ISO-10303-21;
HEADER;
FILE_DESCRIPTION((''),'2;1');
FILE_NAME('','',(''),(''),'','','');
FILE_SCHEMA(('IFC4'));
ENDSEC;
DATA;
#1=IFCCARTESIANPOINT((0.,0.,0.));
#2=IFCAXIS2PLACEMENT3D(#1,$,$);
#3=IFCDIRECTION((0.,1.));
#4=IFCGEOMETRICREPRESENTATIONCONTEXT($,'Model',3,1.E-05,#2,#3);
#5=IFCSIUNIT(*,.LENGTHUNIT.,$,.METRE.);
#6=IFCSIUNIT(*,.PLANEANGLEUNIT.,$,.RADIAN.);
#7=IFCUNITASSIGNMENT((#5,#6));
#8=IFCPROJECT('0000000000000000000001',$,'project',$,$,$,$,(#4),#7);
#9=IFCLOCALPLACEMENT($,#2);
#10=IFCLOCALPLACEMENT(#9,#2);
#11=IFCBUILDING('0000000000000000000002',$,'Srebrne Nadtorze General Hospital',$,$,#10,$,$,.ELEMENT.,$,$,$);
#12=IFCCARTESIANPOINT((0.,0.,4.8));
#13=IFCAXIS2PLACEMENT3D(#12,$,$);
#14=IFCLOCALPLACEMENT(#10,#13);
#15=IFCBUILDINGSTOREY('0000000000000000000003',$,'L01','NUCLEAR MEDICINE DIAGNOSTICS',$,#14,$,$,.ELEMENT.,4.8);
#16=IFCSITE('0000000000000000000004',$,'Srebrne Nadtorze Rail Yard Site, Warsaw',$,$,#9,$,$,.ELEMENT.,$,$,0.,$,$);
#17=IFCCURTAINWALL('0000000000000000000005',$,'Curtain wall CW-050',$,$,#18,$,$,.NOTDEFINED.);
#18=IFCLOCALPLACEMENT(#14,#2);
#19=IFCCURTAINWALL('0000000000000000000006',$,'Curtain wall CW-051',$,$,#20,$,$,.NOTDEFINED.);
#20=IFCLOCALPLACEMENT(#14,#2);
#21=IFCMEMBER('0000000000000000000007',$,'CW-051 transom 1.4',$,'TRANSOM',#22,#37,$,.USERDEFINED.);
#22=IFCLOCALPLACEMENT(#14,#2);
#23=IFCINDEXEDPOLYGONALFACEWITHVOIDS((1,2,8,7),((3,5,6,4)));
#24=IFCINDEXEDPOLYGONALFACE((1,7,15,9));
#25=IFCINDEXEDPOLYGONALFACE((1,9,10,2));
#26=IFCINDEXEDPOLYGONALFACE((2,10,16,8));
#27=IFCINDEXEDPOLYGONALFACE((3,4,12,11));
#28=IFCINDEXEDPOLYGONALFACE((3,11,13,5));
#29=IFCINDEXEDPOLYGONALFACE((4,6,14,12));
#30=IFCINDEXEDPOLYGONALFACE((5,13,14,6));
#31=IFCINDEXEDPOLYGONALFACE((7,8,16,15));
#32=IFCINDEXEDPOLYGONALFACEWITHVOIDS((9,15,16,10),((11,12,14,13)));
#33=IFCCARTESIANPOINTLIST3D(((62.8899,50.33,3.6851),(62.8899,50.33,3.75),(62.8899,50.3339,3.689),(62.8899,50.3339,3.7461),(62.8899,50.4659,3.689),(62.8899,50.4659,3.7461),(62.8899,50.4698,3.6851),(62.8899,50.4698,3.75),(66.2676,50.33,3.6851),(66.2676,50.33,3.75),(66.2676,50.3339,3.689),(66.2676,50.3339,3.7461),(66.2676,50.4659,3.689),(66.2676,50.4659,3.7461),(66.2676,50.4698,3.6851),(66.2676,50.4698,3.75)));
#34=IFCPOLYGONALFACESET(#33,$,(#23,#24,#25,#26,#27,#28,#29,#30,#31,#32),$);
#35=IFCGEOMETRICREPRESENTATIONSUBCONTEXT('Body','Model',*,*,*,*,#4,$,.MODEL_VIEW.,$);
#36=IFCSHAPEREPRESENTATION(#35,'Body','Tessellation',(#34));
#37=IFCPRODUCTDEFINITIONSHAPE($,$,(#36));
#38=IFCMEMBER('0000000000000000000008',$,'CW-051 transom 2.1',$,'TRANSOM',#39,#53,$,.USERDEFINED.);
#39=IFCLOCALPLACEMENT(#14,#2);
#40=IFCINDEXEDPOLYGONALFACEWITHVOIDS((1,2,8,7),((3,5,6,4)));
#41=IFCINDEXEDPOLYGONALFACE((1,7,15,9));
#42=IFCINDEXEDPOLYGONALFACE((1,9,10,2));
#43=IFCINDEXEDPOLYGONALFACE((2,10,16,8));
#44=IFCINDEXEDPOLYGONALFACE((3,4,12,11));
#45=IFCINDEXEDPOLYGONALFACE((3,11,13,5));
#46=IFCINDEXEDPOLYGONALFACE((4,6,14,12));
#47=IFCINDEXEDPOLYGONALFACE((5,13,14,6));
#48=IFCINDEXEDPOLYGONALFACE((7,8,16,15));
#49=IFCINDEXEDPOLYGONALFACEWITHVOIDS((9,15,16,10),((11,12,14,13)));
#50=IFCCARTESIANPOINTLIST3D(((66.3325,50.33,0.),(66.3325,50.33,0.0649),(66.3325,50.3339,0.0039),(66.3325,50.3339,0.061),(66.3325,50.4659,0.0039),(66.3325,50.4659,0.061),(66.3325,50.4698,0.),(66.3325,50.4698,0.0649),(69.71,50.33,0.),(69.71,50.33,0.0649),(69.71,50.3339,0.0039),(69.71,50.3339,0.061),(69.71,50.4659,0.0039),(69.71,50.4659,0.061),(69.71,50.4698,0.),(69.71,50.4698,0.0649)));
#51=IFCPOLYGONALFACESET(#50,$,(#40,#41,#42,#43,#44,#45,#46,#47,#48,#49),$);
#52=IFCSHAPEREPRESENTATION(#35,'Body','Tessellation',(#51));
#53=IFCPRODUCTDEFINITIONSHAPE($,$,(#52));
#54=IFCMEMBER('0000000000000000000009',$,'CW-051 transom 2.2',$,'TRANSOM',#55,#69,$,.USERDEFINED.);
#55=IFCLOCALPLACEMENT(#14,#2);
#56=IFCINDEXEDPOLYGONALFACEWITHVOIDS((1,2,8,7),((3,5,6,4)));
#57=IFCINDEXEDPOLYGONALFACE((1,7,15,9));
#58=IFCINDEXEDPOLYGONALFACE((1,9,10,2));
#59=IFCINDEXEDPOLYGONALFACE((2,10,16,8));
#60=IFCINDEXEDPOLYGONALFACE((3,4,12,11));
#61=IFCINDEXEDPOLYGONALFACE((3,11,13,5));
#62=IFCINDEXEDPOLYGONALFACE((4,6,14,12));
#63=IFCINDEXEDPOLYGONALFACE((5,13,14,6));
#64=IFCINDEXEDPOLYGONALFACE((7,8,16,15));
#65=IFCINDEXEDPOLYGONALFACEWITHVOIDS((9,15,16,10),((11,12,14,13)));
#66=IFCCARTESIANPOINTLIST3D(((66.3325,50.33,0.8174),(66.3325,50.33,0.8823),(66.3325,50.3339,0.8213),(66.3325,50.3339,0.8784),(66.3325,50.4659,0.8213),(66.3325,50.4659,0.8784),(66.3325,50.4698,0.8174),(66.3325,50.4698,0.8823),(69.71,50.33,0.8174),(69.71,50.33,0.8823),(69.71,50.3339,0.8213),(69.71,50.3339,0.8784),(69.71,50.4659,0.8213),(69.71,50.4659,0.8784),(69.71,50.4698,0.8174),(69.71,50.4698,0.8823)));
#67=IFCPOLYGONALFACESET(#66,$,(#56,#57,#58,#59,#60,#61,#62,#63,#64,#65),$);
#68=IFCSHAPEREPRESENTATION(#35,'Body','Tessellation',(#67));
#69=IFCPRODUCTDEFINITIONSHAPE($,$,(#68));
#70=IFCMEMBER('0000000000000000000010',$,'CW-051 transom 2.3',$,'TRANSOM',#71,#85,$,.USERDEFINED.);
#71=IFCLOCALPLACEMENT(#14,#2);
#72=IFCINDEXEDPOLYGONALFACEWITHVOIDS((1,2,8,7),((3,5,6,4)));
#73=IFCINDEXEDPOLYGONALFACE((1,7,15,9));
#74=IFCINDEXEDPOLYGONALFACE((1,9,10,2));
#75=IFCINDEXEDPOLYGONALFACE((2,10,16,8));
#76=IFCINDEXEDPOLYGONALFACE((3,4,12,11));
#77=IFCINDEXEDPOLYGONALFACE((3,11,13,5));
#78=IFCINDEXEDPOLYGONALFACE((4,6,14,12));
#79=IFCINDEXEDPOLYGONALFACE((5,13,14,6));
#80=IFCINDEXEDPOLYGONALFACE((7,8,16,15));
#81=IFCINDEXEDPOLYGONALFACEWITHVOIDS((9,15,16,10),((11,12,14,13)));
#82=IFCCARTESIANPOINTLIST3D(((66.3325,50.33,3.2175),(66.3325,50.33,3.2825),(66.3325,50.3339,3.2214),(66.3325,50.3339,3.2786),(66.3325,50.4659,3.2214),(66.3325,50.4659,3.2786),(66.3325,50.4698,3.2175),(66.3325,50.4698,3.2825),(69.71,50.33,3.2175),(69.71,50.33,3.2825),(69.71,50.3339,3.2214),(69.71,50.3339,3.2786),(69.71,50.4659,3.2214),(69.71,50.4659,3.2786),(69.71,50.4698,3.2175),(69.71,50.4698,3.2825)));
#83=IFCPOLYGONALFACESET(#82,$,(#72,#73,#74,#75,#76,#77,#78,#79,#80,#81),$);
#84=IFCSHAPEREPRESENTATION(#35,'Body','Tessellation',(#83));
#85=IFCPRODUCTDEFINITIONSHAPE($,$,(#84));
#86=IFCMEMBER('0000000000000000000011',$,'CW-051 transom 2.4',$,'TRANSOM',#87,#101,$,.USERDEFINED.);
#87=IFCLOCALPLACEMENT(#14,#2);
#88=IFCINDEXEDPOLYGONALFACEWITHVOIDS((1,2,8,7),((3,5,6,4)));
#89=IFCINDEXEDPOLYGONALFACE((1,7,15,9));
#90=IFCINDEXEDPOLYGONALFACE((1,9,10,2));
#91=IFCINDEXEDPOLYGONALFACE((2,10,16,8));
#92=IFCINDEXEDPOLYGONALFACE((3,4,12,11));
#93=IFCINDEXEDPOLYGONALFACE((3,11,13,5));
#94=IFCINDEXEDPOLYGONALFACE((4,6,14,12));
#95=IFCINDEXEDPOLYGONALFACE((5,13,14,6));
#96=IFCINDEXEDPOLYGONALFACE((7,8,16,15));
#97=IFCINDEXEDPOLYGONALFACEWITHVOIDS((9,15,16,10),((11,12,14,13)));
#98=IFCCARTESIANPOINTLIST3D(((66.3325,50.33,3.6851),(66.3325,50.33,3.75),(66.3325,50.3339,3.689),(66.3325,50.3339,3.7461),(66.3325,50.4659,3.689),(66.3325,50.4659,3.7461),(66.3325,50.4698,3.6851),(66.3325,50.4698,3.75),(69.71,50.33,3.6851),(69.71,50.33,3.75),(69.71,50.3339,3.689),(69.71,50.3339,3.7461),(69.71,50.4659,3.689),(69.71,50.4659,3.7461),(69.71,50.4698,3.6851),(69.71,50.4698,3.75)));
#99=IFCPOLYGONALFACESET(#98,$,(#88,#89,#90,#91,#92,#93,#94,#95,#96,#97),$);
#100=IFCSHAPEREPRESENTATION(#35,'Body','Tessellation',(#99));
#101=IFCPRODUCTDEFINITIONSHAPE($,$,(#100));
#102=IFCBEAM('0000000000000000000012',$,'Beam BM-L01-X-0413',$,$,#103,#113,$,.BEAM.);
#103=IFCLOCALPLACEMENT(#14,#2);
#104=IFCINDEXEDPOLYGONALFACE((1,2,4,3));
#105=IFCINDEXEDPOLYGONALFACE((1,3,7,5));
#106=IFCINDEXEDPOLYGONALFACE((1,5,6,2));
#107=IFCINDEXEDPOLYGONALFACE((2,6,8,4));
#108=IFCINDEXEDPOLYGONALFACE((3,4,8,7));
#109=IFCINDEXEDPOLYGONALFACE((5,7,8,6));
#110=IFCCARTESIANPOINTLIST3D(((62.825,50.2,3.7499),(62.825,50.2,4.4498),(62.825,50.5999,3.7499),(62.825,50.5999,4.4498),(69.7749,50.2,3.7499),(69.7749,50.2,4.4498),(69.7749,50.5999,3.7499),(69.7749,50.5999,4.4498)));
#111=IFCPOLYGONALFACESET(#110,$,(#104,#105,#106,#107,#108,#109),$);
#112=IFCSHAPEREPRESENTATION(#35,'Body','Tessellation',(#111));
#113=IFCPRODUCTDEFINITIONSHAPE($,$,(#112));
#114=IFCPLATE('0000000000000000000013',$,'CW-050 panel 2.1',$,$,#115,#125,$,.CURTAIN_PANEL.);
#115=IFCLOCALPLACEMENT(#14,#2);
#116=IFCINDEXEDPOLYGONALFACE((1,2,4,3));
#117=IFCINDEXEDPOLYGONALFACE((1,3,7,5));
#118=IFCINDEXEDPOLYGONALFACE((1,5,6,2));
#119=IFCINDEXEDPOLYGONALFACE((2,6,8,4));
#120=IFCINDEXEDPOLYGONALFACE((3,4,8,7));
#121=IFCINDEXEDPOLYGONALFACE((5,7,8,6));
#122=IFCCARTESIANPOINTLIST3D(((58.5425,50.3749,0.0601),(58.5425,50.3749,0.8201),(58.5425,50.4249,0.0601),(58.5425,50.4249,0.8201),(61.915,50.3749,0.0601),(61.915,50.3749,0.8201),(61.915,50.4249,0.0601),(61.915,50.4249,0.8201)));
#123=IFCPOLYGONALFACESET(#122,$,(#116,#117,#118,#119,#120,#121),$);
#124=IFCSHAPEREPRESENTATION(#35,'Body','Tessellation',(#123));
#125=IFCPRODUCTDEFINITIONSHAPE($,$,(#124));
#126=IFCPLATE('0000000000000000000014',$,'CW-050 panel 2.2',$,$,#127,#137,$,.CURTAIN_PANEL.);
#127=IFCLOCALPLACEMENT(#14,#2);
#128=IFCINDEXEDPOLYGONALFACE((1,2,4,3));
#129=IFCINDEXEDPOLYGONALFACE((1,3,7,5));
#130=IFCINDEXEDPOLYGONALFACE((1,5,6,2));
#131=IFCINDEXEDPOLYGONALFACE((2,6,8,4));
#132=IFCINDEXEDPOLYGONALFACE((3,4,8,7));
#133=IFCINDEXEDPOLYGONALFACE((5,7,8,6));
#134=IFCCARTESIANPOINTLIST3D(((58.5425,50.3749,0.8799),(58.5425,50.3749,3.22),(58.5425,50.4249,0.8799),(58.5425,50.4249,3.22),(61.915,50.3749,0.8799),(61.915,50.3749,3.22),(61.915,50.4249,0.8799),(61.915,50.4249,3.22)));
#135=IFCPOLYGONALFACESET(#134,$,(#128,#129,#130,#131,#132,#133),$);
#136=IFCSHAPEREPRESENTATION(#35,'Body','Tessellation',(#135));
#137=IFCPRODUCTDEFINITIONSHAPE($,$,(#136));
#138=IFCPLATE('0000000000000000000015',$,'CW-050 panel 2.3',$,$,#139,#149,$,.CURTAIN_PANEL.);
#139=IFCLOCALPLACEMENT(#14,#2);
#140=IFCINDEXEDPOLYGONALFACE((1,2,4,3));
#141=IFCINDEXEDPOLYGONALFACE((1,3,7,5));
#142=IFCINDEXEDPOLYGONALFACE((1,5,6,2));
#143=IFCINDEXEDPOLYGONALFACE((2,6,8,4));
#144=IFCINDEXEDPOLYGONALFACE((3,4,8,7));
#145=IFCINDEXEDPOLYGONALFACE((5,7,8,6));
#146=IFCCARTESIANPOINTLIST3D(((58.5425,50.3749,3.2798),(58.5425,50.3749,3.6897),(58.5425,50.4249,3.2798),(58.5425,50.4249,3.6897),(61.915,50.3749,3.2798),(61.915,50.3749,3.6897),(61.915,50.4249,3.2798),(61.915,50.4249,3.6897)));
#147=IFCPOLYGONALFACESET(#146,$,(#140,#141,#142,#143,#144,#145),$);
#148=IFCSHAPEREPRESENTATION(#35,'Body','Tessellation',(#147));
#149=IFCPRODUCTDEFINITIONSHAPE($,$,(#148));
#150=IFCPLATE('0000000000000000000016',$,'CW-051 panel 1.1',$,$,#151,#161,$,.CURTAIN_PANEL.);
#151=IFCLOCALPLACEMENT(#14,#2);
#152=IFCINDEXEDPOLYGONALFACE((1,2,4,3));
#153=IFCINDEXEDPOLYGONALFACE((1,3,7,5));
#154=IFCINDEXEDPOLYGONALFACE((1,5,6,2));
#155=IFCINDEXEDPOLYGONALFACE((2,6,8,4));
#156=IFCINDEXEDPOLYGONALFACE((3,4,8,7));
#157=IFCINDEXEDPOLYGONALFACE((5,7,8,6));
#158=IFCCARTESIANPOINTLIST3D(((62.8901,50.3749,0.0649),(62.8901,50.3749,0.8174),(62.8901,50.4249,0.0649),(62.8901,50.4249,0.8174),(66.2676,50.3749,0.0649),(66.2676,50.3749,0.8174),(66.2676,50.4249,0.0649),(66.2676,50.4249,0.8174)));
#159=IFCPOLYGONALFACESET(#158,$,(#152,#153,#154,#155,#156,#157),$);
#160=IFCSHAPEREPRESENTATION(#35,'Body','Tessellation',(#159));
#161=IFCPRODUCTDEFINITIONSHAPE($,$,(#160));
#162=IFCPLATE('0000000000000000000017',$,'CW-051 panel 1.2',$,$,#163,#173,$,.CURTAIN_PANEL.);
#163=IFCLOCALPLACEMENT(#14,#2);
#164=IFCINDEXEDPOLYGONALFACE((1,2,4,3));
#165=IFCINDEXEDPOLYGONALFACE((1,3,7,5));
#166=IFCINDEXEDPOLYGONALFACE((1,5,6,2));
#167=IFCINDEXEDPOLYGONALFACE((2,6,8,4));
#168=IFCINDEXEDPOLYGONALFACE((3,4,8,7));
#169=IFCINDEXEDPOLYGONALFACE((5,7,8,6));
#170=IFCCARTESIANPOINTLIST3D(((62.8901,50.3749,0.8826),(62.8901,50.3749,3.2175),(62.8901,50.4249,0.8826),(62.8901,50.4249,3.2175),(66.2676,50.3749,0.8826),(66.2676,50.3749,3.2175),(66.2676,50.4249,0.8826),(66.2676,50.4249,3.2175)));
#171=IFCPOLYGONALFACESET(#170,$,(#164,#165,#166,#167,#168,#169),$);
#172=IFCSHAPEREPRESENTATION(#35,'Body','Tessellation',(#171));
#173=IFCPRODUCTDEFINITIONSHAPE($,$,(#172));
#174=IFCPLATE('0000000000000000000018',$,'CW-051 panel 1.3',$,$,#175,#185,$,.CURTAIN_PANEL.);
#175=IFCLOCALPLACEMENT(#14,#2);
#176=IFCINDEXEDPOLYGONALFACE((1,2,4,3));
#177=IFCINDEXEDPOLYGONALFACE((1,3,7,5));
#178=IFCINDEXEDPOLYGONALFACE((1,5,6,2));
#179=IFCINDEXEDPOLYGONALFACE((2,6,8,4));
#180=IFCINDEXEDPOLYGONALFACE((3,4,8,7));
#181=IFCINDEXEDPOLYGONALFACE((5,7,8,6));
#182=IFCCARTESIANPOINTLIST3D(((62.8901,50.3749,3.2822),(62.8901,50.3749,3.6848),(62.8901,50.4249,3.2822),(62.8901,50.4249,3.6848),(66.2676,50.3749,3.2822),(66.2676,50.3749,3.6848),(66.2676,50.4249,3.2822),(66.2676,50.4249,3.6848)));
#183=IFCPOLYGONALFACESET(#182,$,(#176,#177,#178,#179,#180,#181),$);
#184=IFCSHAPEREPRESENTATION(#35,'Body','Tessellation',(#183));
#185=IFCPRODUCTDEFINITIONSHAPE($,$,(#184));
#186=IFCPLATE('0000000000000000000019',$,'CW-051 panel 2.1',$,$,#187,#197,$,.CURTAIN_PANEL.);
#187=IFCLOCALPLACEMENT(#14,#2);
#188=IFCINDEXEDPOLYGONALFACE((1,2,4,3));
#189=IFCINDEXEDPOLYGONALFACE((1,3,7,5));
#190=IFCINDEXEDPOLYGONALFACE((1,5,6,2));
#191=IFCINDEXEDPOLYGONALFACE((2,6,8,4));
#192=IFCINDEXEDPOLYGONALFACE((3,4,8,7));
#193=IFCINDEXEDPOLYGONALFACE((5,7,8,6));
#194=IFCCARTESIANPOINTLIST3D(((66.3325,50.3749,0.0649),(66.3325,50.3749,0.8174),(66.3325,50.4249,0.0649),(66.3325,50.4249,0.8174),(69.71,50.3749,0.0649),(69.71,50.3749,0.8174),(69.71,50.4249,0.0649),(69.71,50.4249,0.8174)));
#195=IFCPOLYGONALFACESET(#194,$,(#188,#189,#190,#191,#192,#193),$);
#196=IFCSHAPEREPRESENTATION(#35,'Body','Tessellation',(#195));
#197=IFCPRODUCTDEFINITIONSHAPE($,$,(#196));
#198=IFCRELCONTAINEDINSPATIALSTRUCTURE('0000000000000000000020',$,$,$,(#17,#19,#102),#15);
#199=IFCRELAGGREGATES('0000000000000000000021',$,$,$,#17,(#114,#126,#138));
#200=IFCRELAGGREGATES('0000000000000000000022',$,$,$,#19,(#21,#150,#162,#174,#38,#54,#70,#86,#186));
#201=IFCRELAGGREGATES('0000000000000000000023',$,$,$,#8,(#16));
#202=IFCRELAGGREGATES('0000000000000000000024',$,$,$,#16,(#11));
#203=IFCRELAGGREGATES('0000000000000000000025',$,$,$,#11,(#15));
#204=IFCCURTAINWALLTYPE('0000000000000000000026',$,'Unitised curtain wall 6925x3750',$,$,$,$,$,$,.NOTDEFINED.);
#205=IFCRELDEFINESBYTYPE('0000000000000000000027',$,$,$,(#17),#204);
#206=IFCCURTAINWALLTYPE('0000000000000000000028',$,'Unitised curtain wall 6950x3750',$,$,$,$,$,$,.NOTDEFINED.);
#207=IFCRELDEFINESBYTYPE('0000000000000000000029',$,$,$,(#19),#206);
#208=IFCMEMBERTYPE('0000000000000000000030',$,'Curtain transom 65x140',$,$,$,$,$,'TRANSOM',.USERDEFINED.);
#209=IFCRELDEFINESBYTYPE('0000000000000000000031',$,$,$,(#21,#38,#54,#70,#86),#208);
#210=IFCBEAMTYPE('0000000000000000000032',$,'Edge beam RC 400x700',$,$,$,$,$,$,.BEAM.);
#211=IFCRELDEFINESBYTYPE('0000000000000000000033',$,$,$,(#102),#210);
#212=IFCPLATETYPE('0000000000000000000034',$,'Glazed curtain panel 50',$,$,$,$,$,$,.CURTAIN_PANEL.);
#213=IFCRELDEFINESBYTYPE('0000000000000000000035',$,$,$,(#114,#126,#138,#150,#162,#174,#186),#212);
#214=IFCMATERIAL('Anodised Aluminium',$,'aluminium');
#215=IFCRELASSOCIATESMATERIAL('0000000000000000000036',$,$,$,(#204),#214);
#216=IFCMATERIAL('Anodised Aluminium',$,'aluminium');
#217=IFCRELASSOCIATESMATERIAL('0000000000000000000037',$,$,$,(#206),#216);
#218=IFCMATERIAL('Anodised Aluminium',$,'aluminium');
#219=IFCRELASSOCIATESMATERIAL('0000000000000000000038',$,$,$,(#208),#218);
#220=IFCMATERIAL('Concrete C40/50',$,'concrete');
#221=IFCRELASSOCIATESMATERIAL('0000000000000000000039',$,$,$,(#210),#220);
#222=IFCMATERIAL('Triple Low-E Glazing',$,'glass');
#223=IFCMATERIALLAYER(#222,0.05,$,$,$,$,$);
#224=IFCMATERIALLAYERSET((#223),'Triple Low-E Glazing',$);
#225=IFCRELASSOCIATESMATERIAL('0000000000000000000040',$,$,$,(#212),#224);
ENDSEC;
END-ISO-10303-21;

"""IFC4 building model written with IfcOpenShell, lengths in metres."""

from ifc_helpers import new_model, si_unit, direction, frame, origin, origin_2d, place, context, subcontext, project, spatial, rectangle, hollow_rectangle, extrude, material, layer, layer_set, material_profile, profile_set, type_object, element, aggregate, save


model = new_model("IFC4")

# Units and contexts
model_context = context("Model", 3, precision=1e-05, world=origin(), true_north=direction((0.0, 1.0)))
body_context = subcontext(model_context, "Body", "Model", "MODEL_VIEW")
ifc_project = project(units=[si_unit("LENGTHUNIT", "METRE"), si_unit("PLANEANGLEUNIT", "RADIAN")], contexts=[model_context])

# Site, building, storey
site_placement = place(None, origin())
site = spatial("IfcSite", under=ifc_project, at=site_placement, Name="Srebrne Nadtorze Rail Yard Site, Warsaw", CompositionType="ELEMENT", RefElevation=0.0)
building_placement = place(site_placement, origin())
building = spatial("IfcBuilding", under=site, at=building_placement, Name="Srebrne Nadtorze General Hospital", CompositionType="ELEMENT")
storey_placement = place(building_placement, frame((0.0, 0.0, 4.8)))
storey = spatial("IfcBuildingStorey", under=building, at=storey_placement, Name="L01", Description="NUCLEAR MEDICINE DIAGNOSTICS", CompositionType="ELEMENT", Elevation=4.8)

# Curtain wall
ifc_material_1 = material(Name="Anodised Aluminium", Category="aluminium")
curtain_wall_type_1 = type_object("IfcCurtainWallType", Name="Unitised curtain wall 6925x3750", PredefinedType="NOTDEFINED", material=ifc_material_1)
curtain_wall_1_placement = place(storey_placement, origin())
curtain_wall_1 = element("IfcCurtainWall", 1, at=curtain_wall_1_placement, inside=storey, type_object=curtain_wall_type_1, Name="Curtain wall CW-050", PredefinedType="NOTDEFINED")

# Curtain wall
ifc_material_2 = material(Name="Anodised Aluminium", Category="aluminium")
curtain_wall_type_2 = type_object("IfcCurtainWallType", Name="Unitised curtain wall 6950x3750", PredefinedType="NOTDEFINED", material=ifc_material_2)
curtain_wall_2_placement = place(storey_placement, origin())
curtain_wall_2 = element("IfcCurtainWall", 2, at=curtain_wall_2_placement, inside=storey, type_object=curtain_wall_type_2, Name="Curtain wall CW-051", PredefinedType="NOTDEFINED")

# Members
ifc_material_3 = material(Name="Anodised Aluminium", Category="aluminium")
ifc_material_profile_1 = material_profile(ifc_material_3, hollow_rectangle(XDim=0.0649, YDim=0.1399, WallThickness=0.0039, at=origin_2d()), Name="AL-TRN-65x140")
ifc_profile_set_1 = profile_set([ifc_material_profile_1], Name="Anodised Aluminium")
member_type_1 = type_object("IfcMemberType", Name="Curtain transom 65x140", ElementType="TRANSOM", PredefinedType="USERDEFINED", material=ifc_profile_set_1)
member_1_placement = place(storey_placement, frame((62.8899, 50.3999, 3.7175), z_axis=(1.0, 0.0, 0.0), x_axis=(0.0, 0.0, 1.0)))
member_1 = element("IfcMember", 3, at=member_1_placement, type_object=member_type_1, Name="CW-051 transom 1.4", ObjectType="TRANSOM", PredefinedType="USERDEFINED", context=body_context, shape_type="SweptSolid", body=[
    extrude(hollow_rectangle(XDim=0.0649, YDim=0.1399, WallThickness=0.0039, at=origin_2d()), origin(), (0.0, 0.0, 1.0), 3.3777),
])
member_2_placement = place(storey_placement, frame((66.3325, 50.3999, 0.0325), z_axis=(1.0, 0.0, 0.0), x_axis=(0.0, 0.0, 1.0)))
member_2 = element("IfcMember", 4, at=member_2_placement, type_object=member_type_1, Name="CW-051 transom 2.1", ObjectType="TRANSOM", PredefinedType="USERDEFINED", context=body_context, shape_type="SweptSolid", body=[
    extrude(hollow_rectangle(XDim=0.0649, YDim=0.1399, WallThickness=0.0039, at=origin_2d()), origin(), (0.0, 0.0, 1.0), 3.3774),
])
member_3_placement = place(storey_placement, frame((66.3325, 50.3999, 0.8499), z_axis=(1.0, 0.0, 0.0), x_axis=(0.0, 0.0, 1.0)))
member_3 = element("IfcMember", 5, at=member_3_placement, type_object=member_type_1, Name="CW-051 transom 2.2", ObjectType="TRANSOM", PredefinedType="USERDEFINED", context=body_context, shape_type="SweptSolid", body=[
    extrude(hollow_rectangle(XDim=0.0649, YDim=0.1399, WallThickness=0.0039, at=origin_2d()), origin(), (0.0, 0.0, 1.0), 3.3774),
])
member_4_placement = place(storey_placement, frame((66.3325, 50.3999, 3.25), z_axis=(1.0, 0.0, 0.0), x_axis=(0.0, 0.0, 1.0)))
member_4 = element("IfcMember", 6, at=member_4_placement, type_object=member_type_1, Name="CW-051 transom 2.3", ObjectType="TRANSOM", PredefinedType="USERDEFINED", context=body_context, shape_type="SweptSolid", body=[
    extrude(hollow_rectangle(XDim=0.0649, YDim=0.1399, WallThickness=0.0039, at=origin_2d()), origin(), (0.0, 0.0, 1.0), 3.3774),
])
member_5_placement = place(storey_placement, frame((66.3325, 50.3999, 3.7175), z_axis=(1.0, 0.0, 0.0), x_axis=(0.0, 0.0, 1.0)))
member_5 = element("IfcMember", 7, at=member_5_placement, type_object=member_type_1, Name="CW-051 transom 2.4", ObjectType="TRANSOM", PredefinedType="USERDEFINED", context=body_context, shape_type="SweptSolid", body=[
    extrude(hollow_rectangle(XDim=0.0649, YDim=0.1399, WallThickness=0.0039, at=origin_2d()), origin(), (0.0, 0.0, 1.0), 3.3774),
])

# Beam
ifc_material_4 = material(Name="Concrete C40/50", Category="concrete")
ifc_material_profile_2 = material_profile(ifc_material_4, rectangle(XDim=0.3999, YDim=0.7, at=origin_2d()), Name="RC-BM-400x700")
ifc_profile_set_2 = profile_set([ifc_material_profile_2], Name="Concrete C40/50")
beam_type = type_object("IfcBeamType", Name="Edge beam RC 400x700", PredefinedType="BEAM", material=ifc_profile_set_2)
beam_placement = place(storey_placement, frame((62.825, 50.3999, 4.0999), z_axis=(1.0, 0.0, 0.0), x_axis=(0.0, 1.0, 0.0)))
element("IfcBeam", 8, at=beam_placement, inside=storey, type_object=beam_type, Name="Beam BM-L01-X-0413", PredefinedType="BEAM", context=body_context, shape_type="SweptSolid", body=[
    extrude(rectangle(XDim=0.3999, YDim=0.7, at=origin_2d()), origin(), (0.0, 0.0, 1.0), 6.95),
])

# Plates
ifc_material_5 = material(Name="Triple Low-E Glazing", Category="glass")
ifc_layer = layer(ifc_material_5, 0.05)
ifc_layer_set = layer_set([ifc_layer], Name="Triple Low-E Glazing")
plate_type = type_object("IfcPlateType", Name="Glazed curtain panel 50", PredefinedType="CURTAIN_PANEL", material=ifc_layer_set)
plate_1_placement = place(storey_placement, frame((60.2288, 50.3999, 0.0601), z_axis=(0.0, 0.0, 1.0), x_axis=(1.0, 0.0, 0.0)))
plate_1 = element("IfcPlate", 9, at=plate_1_placement, type_object=plate_type, Name="CW-050 panel 2.1", PredefinedType="CURTAIN_PANEL", context=body_context, shape_type="SweptSolid", body=[
    extrude(rectangle(XDim=3.3726, YDim=0.05, at=origin_2d()), origin(), (0.0, 0.0, 1.0), 0.76),
])
plate_2_placement = place(storey_placement, frame((60.2288, 50.3999, 0.8799), z_axis=(0.0, 0.0, 1.0), x_axis=(1.0, 0.0, 0.0)))
plate_2 = element("IfcPlate", 10, at=plate_2_placement, type_object=plate_type, Name="CW-050 panel 2.2", PredefinedType="CURTAIN_PANEL", context=body_context, shape_type="SweptSolid", body=[
    extrude(rectangle(XDim=3.3726, YDim=0.05, at=origin_2d()), origin(), (0.0, 0.0, 1.0), 2.3401),
])
plate_3_placement = place(storey_placement, frame((60.2288, 50.3999, 3.2798), z_axis=(0.0, 0.0, 1.0), x_axis=(1.0, 0.0, 0.0)))
plate_3 = element("IfcPlate", 11, at=plate_3_placement, type_object=plate_type, Name="CW-050 panel 2.3", PredefinedType="CURTAIN_PANEL", context=body_context, shape_type="SweptSolid", body=[
    extrude(rectangle(XDim=3.3726, YDim=0.05, at=origin_2d()), origin(), (0.0, 0.0, 1.0), 0.4099),
])
aggregate(curtain_wall_1, [plate_1, plate_2, plate_3])
plate_4_placement = place(storey_placement, frame((64.5789, 50.3999, 0.0649), z_axis=(0.0, 0.0, 1.0), x_axis=(1.0, 0.0, 0.0)))
plate_4 = element("IfcPlate", 12, at=plate_4_placement, type_object=plate_type, Name="CW-051 panel 1.1", PredefinedType="CURTAIN_PANEL", context=body_context, shape_type="SweptSolid", body=[
    extrude(rectangle(XDim=3.3774, YDim=0.05, at=origin_2d()), origin(), (0.0, 0.0, 1.0), 0.7524),
])
plate_5_placement = place(storey_placement, frame((64.5789, 50.3999, 0.8826), z_axis=(0.0, 0.0, 1.0), x_axis=(1.0, 0.0, 0.0)))
plate_5 = element("IfcPlate", 13, at=plate_5_placement, type_object=plate_type, Name="CW-051 panel 1.2", PredefinedType="CURTAIN_PANEL", context=body_context, shape_type="SweptSolid", body=[
    extrude(rectangle(XDim=3.3774, YDim=0.05, at=origin_2d()), origin(), (0.0, 0.0, 1.0), 2.335),
])
plate_6_placement = place(storey_placement, frame((64.5789, 50.3999, 3.2822), z_axis=(0.0, 0.0, 1.0), x_axis=(1.0, 0.0, 0.0)))
plate_6 = element("IfcPlate", 14, at=plate_6_placement, type_object=plate_type, Name="CW-051 panel 1.3", PredefinedType="CURTAIN_PANEL", context=body_context, shape_type="SweptSolid", body=[
    extrude(rectangle(XDim=3.3774, YDim=0.05, at=origin_2d()), origin(), (0.0, 0.0, 1.0), 0.4026),
])
plate_7_placement = place(storey_placement, frame((68.0212, 50.3999, 0.0649), z_axis=(0.0, 0.0, 1.0), x_axis=(1.0, 0.0, 0.0)))
plate_7 = element("IfcPlate", 15, at=plate_7_placement, type_object=plate_type, Name="CW-051 panel 2.1", PredefinedType="CURTAIN_PANEL", context=body_context, shape_type="SweptSolid", body=[
    extrude(rectangle(XDim=3.3774, YDim=0.05, at=origin_2d()), origin(), (0.0, 0.0, 1.0), 0.7524),
])
aggregate(curtain_wall_2, [member_1, plate_4, plate_5, plate_6, member_2, member_3, member_4, member_5, plate_7])

save(model, "model.ifc")
